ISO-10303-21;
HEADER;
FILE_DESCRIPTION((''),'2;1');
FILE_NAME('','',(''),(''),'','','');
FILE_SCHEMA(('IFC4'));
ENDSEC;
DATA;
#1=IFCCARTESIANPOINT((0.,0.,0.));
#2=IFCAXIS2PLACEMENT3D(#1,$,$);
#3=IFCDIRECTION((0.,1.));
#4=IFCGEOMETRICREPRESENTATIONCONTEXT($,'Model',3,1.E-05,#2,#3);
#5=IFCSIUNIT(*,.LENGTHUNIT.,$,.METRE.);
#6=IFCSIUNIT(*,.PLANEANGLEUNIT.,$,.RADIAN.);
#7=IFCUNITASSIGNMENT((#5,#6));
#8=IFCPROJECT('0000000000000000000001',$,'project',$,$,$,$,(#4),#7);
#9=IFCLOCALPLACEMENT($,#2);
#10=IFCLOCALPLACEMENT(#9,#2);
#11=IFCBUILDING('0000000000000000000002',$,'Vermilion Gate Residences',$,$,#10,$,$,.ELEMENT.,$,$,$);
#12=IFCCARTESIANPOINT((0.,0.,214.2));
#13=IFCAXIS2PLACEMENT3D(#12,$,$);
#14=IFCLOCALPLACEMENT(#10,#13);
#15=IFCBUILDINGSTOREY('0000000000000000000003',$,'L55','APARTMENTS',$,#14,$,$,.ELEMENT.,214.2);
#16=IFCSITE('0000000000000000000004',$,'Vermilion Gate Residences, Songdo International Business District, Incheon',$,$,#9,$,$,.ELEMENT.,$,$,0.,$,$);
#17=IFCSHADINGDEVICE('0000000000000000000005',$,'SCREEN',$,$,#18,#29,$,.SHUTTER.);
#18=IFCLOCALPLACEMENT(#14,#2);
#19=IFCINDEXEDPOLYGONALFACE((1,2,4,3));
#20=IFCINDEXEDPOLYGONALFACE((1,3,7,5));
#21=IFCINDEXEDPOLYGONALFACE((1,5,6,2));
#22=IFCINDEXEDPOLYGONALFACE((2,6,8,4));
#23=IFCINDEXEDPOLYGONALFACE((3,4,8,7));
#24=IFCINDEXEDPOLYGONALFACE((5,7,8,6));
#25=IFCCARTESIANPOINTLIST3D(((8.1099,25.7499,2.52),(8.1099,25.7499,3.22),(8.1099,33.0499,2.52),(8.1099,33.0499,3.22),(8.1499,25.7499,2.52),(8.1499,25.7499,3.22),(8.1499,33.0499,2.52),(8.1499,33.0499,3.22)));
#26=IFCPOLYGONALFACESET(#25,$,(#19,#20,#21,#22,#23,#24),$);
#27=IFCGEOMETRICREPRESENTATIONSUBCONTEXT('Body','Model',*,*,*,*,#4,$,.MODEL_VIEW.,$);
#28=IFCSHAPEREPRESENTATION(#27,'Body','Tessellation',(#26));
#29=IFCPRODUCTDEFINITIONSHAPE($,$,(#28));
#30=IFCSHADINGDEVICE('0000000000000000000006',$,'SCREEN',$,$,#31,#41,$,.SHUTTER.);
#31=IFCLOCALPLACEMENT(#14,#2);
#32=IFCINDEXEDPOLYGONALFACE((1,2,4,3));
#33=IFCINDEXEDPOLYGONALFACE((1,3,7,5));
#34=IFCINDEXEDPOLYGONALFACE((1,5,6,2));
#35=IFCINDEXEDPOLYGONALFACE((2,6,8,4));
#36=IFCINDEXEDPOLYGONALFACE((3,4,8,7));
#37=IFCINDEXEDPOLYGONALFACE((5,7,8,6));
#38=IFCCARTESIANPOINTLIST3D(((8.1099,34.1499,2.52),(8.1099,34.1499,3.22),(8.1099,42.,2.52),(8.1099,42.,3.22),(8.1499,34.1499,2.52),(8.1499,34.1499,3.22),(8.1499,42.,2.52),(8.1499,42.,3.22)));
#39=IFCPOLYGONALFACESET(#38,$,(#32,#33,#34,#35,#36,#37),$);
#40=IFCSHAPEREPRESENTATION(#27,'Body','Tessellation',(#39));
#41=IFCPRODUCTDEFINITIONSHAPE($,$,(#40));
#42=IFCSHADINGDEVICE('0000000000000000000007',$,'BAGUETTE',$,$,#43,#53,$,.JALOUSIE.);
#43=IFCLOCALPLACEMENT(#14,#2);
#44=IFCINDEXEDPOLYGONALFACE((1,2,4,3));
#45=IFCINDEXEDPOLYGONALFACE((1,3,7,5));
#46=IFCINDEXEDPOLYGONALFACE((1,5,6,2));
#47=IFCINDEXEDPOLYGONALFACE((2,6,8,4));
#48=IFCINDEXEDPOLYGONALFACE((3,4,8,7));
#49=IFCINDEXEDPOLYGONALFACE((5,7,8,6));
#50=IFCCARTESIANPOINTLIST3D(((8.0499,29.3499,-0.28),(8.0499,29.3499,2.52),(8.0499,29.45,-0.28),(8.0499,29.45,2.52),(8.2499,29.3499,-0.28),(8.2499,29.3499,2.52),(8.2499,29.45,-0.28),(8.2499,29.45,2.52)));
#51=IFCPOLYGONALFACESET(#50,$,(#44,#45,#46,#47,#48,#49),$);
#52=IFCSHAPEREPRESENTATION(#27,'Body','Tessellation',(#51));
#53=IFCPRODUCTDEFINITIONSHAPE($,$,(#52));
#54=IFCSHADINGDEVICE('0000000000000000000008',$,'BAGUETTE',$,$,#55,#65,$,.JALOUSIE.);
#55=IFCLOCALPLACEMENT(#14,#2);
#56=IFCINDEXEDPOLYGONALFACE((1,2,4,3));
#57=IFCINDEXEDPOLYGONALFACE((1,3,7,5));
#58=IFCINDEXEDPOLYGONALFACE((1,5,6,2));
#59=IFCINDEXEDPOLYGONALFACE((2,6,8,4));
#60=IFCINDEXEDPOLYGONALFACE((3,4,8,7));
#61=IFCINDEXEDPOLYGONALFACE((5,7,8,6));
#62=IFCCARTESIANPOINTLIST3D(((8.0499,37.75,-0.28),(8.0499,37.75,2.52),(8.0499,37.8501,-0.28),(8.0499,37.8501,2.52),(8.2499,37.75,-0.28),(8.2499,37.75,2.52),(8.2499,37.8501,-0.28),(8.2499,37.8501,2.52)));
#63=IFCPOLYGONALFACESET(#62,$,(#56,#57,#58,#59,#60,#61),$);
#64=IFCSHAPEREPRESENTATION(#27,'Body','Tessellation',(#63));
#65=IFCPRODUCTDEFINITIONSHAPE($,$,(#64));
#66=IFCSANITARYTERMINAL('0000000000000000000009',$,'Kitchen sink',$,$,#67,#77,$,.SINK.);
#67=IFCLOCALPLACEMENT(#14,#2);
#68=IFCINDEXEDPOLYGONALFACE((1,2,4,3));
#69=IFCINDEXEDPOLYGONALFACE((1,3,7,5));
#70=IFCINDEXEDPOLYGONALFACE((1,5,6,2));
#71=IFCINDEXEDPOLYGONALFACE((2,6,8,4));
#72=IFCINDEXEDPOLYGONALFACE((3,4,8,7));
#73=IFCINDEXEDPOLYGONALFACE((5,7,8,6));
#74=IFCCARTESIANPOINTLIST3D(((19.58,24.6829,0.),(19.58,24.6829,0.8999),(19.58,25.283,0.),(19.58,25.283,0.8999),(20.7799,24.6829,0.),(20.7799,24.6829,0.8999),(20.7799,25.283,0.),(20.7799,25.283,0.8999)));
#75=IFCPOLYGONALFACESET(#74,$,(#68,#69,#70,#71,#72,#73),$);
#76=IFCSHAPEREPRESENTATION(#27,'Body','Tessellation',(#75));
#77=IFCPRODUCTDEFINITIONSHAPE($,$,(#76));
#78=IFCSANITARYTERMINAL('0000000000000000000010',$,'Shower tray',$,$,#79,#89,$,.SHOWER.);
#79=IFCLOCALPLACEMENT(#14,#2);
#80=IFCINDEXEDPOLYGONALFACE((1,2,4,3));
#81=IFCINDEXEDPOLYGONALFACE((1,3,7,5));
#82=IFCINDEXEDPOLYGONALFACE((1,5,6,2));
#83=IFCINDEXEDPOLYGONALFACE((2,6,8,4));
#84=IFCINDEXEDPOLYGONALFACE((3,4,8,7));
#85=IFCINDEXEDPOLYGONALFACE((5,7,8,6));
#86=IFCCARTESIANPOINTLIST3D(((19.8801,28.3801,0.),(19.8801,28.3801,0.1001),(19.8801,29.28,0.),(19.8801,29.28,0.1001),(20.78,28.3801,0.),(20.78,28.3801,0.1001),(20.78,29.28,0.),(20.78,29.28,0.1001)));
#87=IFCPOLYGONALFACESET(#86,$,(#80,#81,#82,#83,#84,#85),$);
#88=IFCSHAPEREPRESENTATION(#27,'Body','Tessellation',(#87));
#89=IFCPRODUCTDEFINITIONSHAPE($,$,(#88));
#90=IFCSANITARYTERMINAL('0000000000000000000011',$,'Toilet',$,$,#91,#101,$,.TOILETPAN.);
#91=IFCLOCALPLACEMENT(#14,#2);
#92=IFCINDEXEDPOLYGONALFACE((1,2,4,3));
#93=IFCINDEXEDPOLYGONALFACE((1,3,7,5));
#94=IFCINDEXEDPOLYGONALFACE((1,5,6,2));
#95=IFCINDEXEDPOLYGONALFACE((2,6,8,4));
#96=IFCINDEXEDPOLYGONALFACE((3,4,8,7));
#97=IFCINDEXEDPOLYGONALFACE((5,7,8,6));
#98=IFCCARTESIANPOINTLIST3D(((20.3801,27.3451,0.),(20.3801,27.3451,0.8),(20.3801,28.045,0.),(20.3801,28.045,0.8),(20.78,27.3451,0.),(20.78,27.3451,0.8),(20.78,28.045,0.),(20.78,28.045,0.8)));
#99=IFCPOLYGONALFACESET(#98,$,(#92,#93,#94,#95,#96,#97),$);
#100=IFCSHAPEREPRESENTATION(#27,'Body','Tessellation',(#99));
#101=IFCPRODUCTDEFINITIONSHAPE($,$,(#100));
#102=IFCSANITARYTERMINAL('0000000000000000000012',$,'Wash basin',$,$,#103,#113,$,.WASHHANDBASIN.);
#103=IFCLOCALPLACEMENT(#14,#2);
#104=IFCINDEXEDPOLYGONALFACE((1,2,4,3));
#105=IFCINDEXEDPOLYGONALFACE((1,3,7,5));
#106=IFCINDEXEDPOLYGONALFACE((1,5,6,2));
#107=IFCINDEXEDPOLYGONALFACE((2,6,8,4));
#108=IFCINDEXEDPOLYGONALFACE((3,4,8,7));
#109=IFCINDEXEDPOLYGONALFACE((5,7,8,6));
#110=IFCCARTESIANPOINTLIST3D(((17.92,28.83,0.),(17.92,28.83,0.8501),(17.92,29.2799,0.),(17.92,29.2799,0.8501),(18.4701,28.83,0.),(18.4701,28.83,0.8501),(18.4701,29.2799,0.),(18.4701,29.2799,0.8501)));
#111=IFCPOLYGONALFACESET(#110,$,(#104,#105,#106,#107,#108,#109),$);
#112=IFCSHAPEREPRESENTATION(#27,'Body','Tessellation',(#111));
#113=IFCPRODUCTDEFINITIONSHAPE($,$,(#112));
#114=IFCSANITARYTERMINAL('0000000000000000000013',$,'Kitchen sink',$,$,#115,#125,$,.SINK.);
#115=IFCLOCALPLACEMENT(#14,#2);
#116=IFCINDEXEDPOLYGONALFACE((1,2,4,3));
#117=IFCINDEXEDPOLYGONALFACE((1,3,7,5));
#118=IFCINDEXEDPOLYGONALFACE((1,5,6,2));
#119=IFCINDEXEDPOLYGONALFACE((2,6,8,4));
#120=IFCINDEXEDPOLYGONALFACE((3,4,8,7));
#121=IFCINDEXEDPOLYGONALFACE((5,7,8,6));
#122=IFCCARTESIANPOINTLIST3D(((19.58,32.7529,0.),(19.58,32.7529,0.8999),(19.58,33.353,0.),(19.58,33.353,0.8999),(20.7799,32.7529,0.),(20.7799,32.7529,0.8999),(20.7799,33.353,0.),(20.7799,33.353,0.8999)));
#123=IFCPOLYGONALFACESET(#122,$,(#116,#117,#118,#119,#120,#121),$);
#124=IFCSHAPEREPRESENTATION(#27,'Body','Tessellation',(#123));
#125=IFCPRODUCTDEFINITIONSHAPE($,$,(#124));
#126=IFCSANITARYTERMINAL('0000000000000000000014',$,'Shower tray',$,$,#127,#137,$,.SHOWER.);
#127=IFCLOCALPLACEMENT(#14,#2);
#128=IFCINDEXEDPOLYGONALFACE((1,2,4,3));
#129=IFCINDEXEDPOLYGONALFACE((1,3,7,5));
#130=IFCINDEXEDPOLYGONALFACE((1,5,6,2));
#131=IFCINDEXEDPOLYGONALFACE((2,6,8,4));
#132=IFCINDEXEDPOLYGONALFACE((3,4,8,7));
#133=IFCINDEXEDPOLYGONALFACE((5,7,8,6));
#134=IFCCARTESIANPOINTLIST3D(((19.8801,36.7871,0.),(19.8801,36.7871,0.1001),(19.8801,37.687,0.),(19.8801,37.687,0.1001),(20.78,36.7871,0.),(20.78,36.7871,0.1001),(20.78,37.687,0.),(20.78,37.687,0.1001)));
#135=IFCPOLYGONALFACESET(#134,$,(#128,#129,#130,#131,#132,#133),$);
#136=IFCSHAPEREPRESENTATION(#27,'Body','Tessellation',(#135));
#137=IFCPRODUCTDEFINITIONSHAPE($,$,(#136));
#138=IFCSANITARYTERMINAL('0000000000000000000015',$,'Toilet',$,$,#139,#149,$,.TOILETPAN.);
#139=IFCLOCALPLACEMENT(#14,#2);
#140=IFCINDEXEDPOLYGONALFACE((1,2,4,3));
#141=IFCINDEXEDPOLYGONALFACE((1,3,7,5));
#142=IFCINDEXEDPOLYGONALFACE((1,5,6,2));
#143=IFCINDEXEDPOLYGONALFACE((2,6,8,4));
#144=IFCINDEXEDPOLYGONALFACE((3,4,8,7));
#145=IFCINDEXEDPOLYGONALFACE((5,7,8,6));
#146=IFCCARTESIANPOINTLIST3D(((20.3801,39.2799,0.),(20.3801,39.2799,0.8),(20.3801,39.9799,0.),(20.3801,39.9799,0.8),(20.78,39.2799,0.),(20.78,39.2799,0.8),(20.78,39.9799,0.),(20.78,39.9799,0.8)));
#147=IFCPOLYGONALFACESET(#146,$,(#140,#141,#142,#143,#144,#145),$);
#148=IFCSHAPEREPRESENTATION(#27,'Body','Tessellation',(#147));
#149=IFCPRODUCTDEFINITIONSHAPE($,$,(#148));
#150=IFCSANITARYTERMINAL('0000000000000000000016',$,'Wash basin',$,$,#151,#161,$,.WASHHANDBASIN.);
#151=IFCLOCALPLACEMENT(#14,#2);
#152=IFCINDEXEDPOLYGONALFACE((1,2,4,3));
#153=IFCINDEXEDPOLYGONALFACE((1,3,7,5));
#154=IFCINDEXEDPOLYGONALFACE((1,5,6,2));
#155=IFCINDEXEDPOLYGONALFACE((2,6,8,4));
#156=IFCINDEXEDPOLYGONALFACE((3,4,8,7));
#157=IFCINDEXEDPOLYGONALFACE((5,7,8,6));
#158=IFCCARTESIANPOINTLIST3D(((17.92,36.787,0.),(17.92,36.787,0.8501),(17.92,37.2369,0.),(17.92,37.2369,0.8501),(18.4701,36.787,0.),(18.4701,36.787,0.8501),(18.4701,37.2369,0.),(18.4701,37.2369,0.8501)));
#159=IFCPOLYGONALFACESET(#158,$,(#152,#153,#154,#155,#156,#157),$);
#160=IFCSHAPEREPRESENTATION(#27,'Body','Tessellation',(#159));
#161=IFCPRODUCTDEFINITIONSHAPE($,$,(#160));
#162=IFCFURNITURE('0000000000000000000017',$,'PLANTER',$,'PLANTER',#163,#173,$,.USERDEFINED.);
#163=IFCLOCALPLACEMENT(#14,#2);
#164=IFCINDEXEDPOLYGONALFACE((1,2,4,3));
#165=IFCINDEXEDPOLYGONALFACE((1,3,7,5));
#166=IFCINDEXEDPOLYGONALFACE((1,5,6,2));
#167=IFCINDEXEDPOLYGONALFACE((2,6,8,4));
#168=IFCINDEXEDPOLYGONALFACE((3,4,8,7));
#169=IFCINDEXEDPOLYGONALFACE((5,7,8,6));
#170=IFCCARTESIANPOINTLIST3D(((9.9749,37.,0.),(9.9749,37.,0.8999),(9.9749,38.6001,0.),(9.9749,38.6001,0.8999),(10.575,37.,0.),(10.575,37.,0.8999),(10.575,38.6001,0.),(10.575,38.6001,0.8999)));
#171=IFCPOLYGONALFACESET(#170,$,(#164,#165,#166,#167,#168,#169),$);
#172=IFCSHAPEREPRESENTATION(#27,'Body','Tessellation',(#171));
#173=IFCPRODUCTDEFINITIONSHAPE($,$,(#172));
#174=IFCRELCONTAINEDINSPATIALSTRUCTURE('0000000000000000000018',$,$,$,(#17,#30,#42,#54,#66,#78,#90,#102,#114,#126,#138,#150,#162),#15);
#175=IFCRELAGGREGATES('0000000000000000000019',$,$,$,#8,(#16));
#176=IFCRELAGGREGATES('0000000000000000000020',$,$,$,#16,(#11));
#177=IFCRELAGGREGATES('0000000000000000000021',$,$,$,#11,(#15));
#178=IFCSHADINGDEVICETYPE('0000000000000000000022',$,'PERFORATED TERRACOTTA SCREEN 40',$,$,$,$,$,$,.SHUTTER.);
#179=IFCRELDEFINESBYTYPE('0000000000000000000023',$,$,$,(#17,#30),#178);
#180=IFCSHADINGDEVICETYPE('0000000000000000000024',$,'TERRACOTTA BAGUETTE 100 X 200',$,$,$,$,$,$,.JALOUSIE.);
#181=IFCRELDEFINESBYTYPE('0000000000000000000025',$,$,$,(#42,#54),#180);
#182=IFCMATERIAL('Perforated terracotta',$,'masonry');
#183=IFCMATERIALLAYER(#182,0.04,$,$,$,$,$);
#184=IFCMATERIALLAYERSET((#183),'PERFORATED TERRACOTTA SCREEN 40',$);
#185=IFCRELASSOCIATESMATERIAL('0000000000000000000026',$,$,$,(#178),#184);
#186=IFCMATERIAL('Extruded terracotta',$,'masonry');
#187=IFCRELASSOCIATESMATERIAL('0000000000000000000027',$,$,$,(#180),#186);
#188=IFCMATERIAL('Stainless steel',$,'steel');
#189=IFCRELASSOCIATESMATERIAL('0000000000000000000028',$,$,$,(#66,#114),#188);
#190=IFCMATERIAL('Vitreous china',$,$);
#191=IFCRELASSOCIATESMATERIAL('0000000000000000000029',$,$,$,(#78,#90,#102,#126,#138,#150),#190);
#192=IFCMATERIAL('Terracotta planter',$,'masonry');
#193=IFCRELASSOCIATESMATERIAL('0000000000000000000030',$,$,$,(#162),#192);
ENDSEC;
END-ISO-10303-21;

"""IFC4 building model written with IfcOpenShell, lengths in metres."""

from ifc_helpers import new_model, si_unit, direction, frame, origin, origin_2d, place, context, subcontext, project, spatial, rectangle, extrude, material, layer, layer_set, material_profile, profile_set, type_object, element, save


model = new_model("IFC4")

# Units and contexts
model_context = context("Model", 3, precision=1e-05, world=origin(), true_north=direction((0.0, 1.0)))
body_context = subcontext(model_context, "Body", "Model", "MODEL_VIEW")
ifc_project = project(units=[si_unit("LENGTHUNIT", "METRE"), si_unit("PLANEANGLEUNIT", "RADIAN")], contexts=[model_context])

# Site, building, storey
site_placement = place(None, origin())
site = spatial("IfcSite", under=ifc_project, at=site_placement, Name="Vermilion Gate Residences, Songdo International Business District, Incheon", CompositionType="ELEMENT", RefElevation=0.0)
building_placement = place(site_placement, origin())
building = spatial("IfcBuilding", under=site, at=building_placement, Name="Vermilion Gate Residences", CompositionType="ELEMENT")
storey_placement = place(building_placement, frame((0.0, 0.0, 214.2)))
storey = spatial("IfcBuildingStorey", under=building, at=storey_placement, Name="L55", Description="APARTMENTS", CompositionType="ELEMENT", Elevation=214.2)

# Shading devices
ifc_material_1 = material(Name="Perforated terracotta", Category="masonry")
ifc_layer_1 = layer(ifc_material_1, 0.04)
ifc_layer_set_1 = layer_set([ifc_layer_1], Name="PERFORATED TERRACOTTA SCREEN 40")
shading_device_type_1 = type_object("IfcShadingDeviceType", Name="PERFORATED TERRACOTTA SCREEN 40", PredefinedType="SHUTTER", material=ifc_layer_set_1)
shading_device_1_placement = place(storey_placement, frame((8.1299, 29.3999, 2.52), z_axis=(0.0, 0.0, 1.0), x_axis=(0.0, -1.0, 0.0)))
element("IfcShadingDevice", 1, at=shading_device_1_placement, inside=storey, type_object=shading_device_type_1, Name="SCREEN", PredefinedType="SHUTTER", context=body_context, shape_type="SweptSolid", body=[
    extrude(rectangle(XDim=7.3, YDim=0.04, at=origin_2d()), origin(), (0.0, 0.0, 1.0), 0.7),
])
shading_device_2_placement = place(storey_placement, frame((8.1299, 38.075, 2.52), z_axis=(0.0, 0.0, 1.0), x_axis=(0.0, -1.0, 0.0)))
element("IfcShadingDevice", 2, at=shading_device_2_placement, inside=storey, type_object=shading_device_type_1, Name="SCREEN", PredefinedType="SHUTTER", context=body_context, shape_type="SweptSolid", body=[
    extrude(rectangle(XDim=7.8501, YDim=0.04, at=origin_2d()), origin(), (0.0, 0.0, 1.0), 0.7),
])
ifc_material_2 = material(Name="Extruded terracotta", Category="masonry")
ifc_material_profile_1 = material_profile(ifc_material_2, rectangle(XDim=0.2, YDim=0.1001, at=origin_2d()), Name="BAGUETTE 100 X 200")
ifc_profile_set_1 = profile_set([ifc_material_profile_1], Name="Extruded terracotta")
shading_device_type_2 = type_object("IfcShadingDeviceType", Name="TERRACOTTA BAGUETTE 100 X 200", PredefinedType="JALOUSIE", material=ifc_profile_set_1)
for number, where, z_axis, x_axis, name in (
    (3, (8.1499, 29.3999, -0.28), (0.0, 0.0, 1.0), (1.0, 0.0, 0.0), "BAGUETTE"),
    (4, (8.1499, 37.8, -0.28), (0.0, 0.0, 1.0), (1.0, 0.0, 0.0), "BAGUETTE"),
):
    element("IfcShadingDevice", number, at=place(storey_placement, frame(where, z_axis=z_axis, x_axis=x_axis)), inside=storey, type_object=shading_device_type_2, Name=name, PredefinedType="JALOUSIE", context=body_context, shape_type="SweptSolid", body=[
        extrude(rectangle(XDim=0.2, YDim=0.1001, at=origin_2d()), origin(), (0.0, 0.0, 1.0), 2.8),
    ])

# Sanitary terminals
ifc_material_3 = material(Name="Stainless steel", Category="steel")
sanitary_terminal_1_placement = place(storey_placement, frame((20.1799, 24.9829, 0.0), z_axis=(0.0, 0.0, 1.0), x_axis=(1.0, 0.0, 0.0)))
element("IfcSanitaryTerminal", 5, at=sanitary_terminal_1_placement, inside=storey, material=ifc_material_3, Name="Kitchen sink", PredefinedType="SINK", context=body_context, shape_type="SweptSolid", body=[
    extrude(rectangle(XDim=1.2, YDim=0.6001, at=origin_2d()), origin(), (0.0, 0.0, 1.0), 0.8999),
])
ifc_material_4 = material(Name="Vitreous china")
sanitary_terminal_2_placement = place(storey_placement, frame((20.3301, 28.8301, 0.0), z_axis=(0.0, 0.0, 1.0), x_axis=(1.0, 0.0, 0.0)))
element("IfcSanitaryTerminal", 6, at=sanitary_terminal_2_placement, inside=storey, material=ifc_material_4, Name="Shower tray", PredefinedType="SHOWER", context=body_context, shape_type="SweptSolid", body=[
    extrude(rectangle(XDim=0.8999, YDim=0.8999, at=origin_2d()), origin(), (0.0, 0.0, 1.0), 0.1001),
])
sanitary_terminal_3_placement = place(storey_placement, frame((20.5801, 27.6951, 0.0), z_axis=(0.0, 0.0, 1.0), x_axis=(1.0, 0.0, 0.0)))
element("IfcSanitaryTerminal", 7, at=sanitary_terminal_3_placement, inside=storey, material=ifc_material_4, Name="Toilet", PredefinedType="TOILETPAN", context=body_context, shape_type="SweptSolid", body=[
    extrude(rectangle(XDim=0.3999, YDim=0.7, at=origin_2d()), origin(), (0.0, 0.0, 1.0), 0.8),
])
sanitary_terminal_4_placement = place(storey_placement, frame((18.1951, 29.0549, 0.0), z_axis=(0.0, 0.0, 1.0), x_axis=(1.0, 0.0, 0.0)))
element("IfcSanitaryTerminal", 8, at=sanitary_terminal_4_placement, inside=storey, material=ifc_material_4, Name="Wash basin", PredefinedType="WASHHANDBASIN", context=body_context, shape_type="SweptSolid", body=[
    extrude(rectangle(XDim=0.55, YDim=0.45, at=origin_2d()), origin(), (0.0, 0.0, 1.0), 0.8501),
])
sanitary_terminal_5_placement = place(storey_placement, frame((20.1799, 33.053, 0.0), z_axis=(0.0, 0.0, 1.0), x_axis=(1.0, 0.0, 0.0)))
element("IfcSanitaryTerminal", 9, at=sanitary_terminal_5_placement, inside=storey, material=ifc_material_3, Name="Kitchen sink", PredefinedType="SINK", context=body_context, shape_type="SweptSolid", body=[
    extrude(rectangle(XDim=1.2, YDim=0.6001, at=origin_2d()), origin(), (0.0, 0.0, 1.0), 0.8999),
])
sanitary_terminal_6_placement = place(storey_placement, frame((20.3301, 37.2371, 0.0), z_axis=(0.0, 0.0, 1.0), x_axis=(1.0, 0.0, 0.0)))
element("IfcSanitaryTerminal", 10, at=sanitary_terminal_6_placement, inside=storey, material=ifc_material_4, Name="Shower tray", PredefinedType="SHOWER", context=body_context, shape_type="SweptSolid", body=[
    extrude(rectangle(XDim=0.8999, YDim=0.8999, at=origin_2d()), origin(), (0.0, 0.0, 1.0), 0.1001),
])
sanitary_terminal_7_placement = place(storey_placement, frame((20.5801, 39.6299, 0.0), z_axis=(0.0, 0.0, 1.0), x_axis=(1.0, 0.0, 0.0)))
element("IfcSanitaryTerminal", 11, at=sanitary_terminal_7_placement, inside=storey, material=ifc_material_4, Name="Toilet", PredefinedType="TOILETPAN", context=body_context, shape_type="SweptSolid", body=[
    extrude(rectangle(XDim=0.3999, YDim=0.7, at=origin_2d()), origin(), (0.0, 0.0, 1.0), 0.8),
])
sanitary_terminal_8_placement = place(storey_placement, frame((18.1951, 37.012, 0.0), z_axis=(0.0, 0.0, 1.0), x_axis=(1.0, 0.0, 0.0)))
element("IfcSanitaryTerminal", 12, at=sanitary_terminal_8_placement, inside=storey, material=ifc_material_4, Name="Wash basin", PredefinedType="WASHHANDBASIN", context=body_context, shape_type="SweptSolid", body=[
    extrude(rectangle(XDim=0.55, YDim=0.45, at=origin_2d()), origin(), (0.0, 0.0, 1.0), 0.8501),
])

# Furniture
ifc_material_5 = material(Name="Terracotta planter", Category="masonry")
furniture_placement = place(storey_placement, frame((10.2749, 37.8, 0.0), z_axis=(0.0, 0.0, 1.0), x_axis=(0.0, -1.0, 0.0)))
element("IfcFurniture", 13, at=furniture_placement, inside=storey, material=ifc_material_5, Name="PLANTER", ObjectType="PLANTER", PredefinedType="USERDEFINED", context=body_context, shape_type="SweptSolid", body=[
    extrude(rectangle(XDim=1.6001, YDim=0.6001, at=origin_2d()), origin(), (0.0, 0.0, 1.0), 0.8999),
])

save(model, "model.ifc")
